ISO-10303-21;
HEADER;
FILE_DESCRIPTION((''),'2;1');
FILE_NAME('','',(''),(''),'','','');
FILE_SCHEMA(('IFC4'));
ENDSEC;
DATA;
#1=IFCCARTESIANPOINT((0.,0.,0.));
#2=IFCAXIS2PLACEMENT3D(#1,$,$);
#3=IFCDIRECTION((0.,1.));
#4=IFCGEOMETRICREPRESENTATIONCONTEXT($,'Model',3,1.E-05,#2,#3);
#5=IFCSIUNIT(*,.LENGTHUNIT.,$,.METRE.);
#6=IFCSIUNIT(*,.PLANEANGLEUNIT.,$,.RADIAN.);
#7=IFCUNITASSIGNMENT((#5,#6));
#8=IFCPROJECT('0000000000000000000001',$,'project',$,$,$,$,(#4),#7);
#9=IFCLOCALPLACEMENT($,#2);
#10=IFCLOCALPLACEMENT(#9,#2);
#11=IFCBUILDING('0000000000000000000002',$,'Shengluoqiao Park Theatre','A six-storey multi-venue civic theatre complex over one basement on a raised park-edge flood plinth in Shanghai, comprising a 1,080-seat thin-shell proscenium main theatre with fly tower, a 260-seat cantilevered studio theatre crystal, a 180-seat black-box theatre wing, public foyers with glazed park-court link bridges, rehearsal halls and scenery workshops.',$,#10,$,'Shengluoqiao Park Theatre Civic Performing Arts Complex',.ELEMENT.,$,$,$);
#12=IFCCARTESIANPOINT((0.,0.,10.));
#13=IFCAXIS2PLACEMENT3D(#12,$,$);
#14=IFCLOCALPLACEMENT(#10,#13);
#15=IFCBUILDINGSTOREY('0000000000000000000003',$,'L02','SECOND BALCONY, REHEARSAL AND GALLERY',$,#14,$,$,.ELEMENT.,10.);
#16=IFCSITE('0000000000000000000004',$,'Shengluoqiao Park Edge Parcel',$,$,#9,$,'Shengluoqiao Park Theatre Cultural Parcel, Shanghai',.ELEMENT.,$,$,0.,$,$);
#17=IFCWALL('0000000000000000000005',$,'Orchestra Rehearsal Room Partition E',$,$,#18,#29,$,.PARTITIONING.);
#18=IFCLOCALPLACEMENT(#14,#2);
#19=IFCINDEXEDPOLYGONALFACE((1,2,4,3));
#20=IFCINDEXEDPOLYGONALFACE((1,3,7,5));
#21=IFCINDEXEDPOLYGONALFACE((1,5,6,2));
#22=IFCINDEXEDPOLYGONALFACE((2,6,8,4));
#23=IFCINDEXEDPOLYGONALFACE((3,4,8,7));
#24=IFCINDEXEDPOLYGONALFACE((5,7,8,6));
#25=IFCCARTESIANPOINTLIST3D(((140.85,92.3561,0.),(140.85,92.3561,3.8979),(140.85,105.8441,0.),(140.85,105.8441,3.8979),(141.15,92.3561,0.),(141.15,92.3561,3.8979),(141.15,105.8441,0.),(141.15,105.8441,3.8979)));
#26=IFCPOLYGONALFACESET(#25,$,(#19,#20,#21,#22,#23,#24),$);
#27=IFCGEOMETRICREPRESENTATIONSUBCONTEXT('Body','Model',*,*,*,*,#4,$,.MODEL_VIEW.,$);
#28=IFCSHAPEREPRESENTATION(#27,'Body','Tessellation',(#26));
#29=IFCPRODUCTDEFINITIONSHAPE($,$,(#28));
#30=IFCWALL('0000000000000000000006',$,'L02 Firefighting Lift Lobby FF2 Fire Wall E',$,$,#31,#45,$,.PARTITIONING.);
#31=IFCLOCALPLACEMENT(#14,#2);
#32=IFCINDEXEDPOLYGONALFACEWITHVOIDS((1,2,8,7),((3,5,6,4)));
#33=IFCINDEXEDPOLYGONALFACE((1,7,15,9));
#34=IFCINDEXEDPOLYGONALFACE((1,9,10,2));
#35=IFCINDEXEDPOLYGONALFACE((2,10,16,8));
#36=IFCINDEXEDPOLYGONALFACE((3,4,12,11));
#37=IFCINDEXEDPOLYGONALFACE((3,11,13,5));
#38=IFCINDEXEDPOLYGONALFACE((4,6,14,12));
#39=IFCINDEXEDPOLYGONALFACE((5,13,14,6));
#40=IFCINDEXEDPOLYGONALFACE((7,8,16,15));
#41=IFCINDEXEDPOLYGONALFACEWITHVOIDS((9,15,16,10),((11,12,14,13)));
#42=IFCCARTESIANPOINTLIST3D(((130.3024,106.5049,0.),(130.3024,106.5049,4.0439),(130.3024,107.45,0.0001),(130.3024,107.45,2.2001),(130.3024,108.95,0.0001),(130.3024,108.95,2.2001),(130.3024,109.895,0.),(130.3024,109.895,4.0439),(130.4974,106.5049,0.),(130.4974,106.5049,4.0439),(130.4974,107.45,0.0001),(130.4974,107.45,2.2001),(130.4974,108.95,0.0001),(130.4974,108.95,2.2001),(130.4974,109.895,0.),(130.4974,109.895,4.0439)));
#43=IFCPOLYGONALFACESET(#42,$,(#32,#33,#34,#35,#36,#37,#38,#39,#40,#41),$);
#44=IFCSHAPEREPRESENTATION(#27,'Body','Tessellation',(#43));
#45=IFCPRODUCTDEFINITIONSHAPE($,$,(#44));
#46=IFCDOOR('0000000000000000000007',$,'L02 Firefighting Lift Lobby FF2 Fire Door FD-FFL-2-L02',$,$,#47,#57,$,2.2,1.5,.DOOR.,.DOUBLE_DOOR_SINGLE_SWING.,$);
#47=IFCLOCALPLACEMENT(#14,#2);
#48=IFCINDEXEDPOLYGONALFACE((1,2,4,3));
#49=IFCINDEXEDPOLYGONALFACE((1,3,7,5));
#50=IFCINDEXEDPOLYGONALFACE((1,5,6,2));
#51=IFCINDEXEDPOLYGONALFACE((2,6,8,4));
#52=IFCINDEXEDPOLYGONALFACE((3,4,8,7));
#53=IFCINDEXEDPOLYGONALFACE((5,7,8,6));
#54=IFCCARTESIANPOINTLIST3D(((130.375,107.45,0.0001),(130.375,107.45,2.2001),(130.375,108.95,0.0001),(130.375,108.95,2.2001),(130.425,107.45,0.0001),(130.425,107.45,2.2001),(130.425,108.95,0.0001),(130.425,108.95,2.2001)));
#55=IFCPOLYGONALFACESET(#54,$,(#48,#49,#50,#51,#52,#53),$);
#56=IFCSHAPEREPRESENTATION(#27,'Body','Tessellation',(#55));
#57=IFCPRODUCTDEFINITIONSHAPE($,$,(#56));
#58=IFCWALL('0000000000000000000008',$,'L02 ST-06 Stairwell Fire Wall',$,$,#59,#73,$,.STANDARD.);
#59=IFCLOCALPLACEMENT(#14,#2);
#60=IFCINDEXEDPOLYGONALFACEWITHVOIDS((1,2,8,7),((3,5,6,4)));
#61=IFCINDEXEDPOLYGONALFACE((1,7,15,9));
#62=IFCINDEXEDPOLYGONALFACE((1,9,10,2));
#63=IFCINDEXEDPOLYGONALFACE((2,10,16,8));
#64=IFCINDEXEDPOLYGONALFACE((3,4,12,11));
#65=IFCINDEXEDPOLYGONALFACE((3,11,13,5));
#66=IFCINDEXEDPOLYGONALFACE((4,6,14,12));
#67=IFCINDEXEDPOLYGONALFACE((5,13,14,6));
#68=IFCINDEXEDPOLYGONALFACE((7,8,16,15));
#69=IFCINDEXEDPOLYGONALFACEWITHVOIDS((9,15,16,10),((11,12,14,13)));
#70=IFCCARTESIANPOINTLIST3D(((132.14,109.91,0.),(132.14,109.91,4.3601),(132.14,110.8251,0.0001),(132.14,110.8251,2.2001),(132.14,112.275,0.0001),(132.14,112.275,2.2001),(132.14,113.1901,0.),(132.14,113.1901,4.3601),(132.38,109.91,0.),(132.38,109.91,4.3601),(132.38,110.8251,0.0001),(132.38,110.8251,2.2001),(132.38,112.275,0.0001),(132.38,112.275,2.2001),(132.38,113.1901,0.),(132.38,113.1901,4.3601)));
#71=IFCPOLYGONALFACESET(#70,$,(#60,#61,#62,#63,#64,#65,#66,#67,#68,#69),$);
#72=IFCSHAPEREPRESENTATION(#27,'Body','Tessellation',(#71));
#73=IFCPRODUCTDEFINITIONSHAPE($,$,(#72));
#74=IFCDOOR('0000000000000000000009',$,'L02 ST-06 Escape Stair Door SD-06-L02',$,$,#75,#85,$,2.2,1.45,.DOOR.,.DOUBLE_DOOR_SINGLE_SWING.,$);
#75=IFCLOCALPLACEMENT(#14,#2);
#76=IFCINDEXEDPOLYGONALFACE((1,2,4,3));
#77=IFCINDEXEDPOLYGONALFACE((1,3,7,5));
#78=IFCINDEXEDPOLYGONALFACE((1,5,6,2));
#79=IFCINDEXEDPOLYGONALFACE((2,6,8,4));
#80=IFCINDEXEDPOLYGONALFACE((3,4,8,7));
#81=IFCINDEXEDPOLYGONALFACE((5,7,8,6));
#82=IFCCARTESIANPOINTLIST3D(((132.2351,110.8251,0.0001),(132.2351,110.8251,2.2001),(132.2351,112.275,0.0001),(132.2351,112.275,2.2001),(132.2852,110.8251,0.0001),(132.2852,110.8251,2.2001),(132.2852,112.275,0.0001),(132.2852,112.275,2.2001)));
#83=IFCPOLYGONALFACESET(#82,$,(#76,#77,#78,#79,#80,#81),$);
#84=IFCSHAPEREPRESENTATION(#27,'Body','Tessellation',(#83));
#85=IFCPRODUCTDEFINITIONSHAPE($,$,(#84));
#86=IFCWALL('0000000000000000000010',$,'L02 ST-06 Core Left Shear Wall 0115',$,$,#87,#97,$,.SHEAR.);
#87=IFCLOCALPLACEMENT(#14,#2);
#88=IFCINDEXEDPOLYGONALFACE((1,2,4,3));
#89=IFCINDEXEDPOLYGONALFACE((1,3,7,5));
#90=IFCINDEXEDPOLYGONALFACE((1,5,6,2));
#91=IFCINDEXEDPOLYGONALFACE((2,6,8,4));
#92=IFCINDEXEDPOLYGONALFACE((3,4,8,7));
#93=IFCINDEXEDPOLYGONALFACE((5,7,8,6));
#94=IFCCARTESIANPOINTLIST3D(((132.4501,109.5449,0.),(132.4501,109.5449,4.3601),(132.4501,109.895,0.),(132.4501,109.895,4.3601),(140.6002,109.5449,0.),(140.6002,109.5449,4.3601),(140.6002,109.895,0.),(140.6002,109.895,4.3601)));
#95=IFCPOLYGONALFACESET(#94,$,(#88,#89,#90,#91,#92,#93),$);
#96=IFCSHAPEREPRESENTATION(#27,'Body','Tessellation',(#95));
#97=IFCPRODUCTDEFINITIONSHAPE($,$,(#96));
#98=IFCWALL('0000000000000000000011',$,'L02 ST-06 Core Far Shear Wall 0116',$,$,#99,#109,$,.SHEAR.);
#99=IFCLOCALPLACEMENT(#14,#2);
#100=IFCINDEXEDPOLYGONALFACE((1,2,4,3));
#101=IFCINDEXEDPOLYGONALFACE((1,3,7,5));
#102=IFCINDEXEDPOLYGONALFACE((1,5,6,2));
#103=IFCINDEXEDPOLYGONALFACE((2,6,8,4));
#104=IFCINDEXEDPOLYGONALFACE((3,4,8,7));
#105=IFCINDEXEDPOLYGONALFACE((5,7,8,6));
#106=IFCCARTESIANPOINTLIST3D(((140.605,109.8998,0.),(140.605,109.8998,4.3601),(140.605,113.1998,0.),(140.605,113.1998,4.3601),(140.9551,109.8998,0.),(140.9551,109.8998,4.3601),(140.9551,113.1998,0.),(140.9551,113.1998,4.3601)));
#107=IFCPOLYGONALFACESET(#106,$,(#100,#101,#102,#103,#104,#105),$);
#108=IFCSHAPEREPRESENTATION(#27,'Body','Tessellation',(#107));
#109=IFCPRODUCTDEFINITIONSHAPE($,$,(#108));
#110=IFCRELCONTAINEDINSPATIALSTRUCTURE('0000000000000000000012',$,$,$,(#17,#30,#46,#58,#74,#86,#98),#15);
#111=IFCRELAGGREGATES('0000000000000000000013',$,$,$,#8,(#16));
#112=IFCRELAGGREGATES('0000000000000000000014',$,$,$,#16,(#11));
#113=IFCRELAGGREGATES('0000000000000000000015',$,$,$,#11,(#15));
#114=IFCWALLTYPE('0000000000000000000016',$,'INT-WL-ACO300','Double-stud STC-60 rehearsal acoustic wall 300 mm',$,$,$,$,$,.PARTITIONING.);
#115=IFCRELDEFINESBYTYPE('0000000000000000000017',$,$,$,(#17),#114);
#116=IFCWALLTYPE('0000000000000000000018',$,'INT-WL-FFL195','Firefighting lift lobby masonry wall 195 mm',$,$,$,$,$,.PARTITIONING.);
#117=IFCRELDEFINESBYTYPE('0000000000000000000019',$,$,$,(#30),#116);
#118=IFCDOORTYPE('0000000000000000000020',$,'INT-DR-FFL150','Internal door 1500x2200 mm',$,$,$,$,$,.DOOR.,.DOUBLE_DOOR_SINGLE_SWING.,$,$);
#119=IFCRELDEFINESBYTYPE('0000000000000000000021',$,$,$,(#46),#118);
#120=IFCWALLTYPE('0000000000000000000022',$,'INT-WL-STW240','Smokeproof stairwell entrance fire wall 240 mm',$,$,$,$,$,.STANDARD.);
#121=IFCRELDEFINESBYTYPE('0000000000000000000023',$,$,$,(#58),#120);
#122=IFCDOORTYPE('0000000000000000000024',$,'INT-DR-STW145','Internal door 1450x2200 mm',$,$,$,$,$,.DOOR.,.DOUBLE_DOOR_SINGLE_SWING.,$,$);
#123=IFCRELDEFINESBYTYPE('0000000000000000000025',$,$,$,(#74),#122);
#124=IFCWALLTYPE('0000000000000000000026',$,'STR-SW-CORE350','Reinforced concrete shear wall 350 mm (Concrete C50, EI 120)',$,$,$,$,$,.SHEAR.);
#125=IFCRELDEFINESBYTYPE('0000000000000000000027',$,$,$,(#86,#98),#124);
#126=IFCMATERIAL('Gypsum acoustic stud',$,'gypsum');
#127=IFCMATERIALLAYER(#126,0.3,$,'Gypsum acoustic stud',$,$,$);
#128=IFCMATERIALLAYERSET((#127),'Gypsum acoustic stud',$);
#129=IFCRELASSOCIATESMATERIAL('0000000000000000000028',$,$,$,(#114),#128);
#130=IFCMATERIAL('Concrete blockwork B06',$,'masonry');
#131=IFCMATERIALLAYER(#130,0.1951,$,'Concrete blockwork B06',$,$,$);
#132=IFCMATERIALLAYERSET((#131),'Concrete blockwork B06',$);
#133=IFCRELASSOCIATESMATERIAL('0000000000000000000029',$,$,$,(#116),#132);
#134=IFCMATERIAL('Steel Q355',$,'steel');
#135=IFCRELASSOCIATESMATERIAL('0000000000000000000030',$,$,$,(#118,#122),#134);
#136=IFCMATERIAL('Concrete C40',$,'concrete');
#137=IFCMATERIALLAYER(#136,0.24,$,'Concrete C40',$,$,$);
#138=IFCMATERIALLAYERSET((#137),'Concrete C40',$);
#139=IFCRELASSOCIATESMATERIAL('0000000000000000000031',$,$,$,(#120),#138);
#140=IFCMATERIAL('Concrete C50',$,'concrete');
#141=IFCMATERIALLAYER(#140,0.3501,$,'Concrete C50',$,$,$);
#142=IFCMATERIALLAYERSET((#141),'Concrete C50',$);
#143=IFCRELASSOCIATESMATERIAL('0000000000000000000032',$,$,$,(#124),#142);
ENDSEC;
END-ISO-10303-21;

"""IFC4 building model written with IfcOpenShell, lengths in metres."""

from ifc_helpers import new_model, si_unit, direction, frame, frame_2d, origin, place, context, subcontext, project, spatial, rectangle, extrude, material, layer, layer_set, type_object, element, fill, save


model = new_model("IFC4")

# Units and contexts
model_context = context("Model", 3, precision=1e-05, world=origin(), true_north=direction((0.0, 1.0)))
body_context = subcontext(model_context, "Body", "Model", "MODEL_VIEW")
ifc_project = project(units=[si_unit("LENGTHUNIT", "METRE"), si_unit("PLANEANGLEUNIT", "RADIAN")], contexts=[model_context])

# Site, building, storey
site_placement = place(None, origin())
site = spatial("IfcSite", under=ifc_project, at=site_placement, Name="Shengluoqiao Park Edge Parcel", LongName="Shengluoqiao Park Theatre Cultural Parcel, Shanghai", CompositionType="ELEMENT", RefElevation=0.0)
building_placement = place(site_placement, origin())
building = spatial("IfcBuilding", under=site, at=building_placement, Name="Shengluoqiao Park Theatre", Description="A six-storey multi-venue civic theatre complex over one basement on a raised park-edge flood plinth in Shanghai, comprising a 1,080-seat thin-shell proscenium main theatre with fly tower, a 260-seat cantilevered studio theatre crystal, a 180-seat black-box theatre wing, public foyers with glazed park-court link bridges, rehearsal halls and scenery workshops.", LongName="Shengluoqiao Park Theatre Civic Performing Arts Complex", CompositionType="ELEMENT")
storey_placement = place(building_placement, frame((0.0, 0.0, 10.0)))
storey = spatial("IfcBuildingStorey", under=building, at=storey_placement, Name="L02", Description="SECOND BALCONY, REHEARSAL AND GALLERY", CompositionType="ELEMENT", Elevation=10.0)

# Shared definitions
ifc_material_1 = material(Name="Concrete C40", Category="concrete")

# Shared definitions
ifc_material_2 = material(Name="Steel Q355", Category="steel")

# Wall
ifc_material_3 = material(Name="Gypsum acoustic stud", Category="gypsum")
ifc_layer_1 = layer(ifc_material_3, 0.3, Name="Gypsum acoustic stud")
ifc_layer_set_1 = layer_set([ifc_layer_1], Name="Gypsum acoustic stud")
wall_type_1 = type_object("IfcWallType", Name="INT-WL-ACO300", Description="Double-stud STC-60 rehearsal acoustic wall 300 mm", PredefinedType="PARTITIONING", material=ifc_layer_set_1)
wall_1_placement = place(storey_placement, frame((141.0, 92.356, 0.0), z_axis=(0.0, 0.0, 1.0), x_axis=(0.0, 1.0, 0.0)))
element("IfcWall", 1, at=wall_1_placement, inside=storey, type_object=wall_type_1, Name="Orchestra Rehearsal Room Partition E", PredefinedType="PARTITIONING", context=body_context, shape_type="SweptSolid", body=[
    extrude(rectangle(XDim=13.488, YDim=0.3, at=frame_2d((6.7441, 0.0))), origin(), (0.0, 0.0, 1.0), 3.8979),
])

# Walls, openings, doors
ifc_material_4 = material(Name="Concrete blockwork B06", Category="masonry")
ifc_layer_2 = layer(ifc_material_4, 0.1951, Name="Concrete blockwork B06")
ifc_layer_set_2 = layer_set([ifc_layer_2], Name="Concrete blockwork B06")
wall_type_2 = type_object("IfcWallType", Name="INT-WL-FFL195", Description="Firefighting lift lobby masonry wall 195 mm", PredefinedType="PARTITIONING", material=ifc_layer_set_2)
wall_2_placement = place(storey_placement, frame((130.3999, 106.5049, 0.0), z_axis=(0.0, 0.0, 1.0), x_axis=(0.0, 1.0, 0.0)))
wall_2 = element("IfcWall", 2, at=wall_2_placement, inside=storey, type_object=wall_type_2, Name="L02 Firefighting Lift Lobby FF2 Fire Wall E", PredefinedType="PARTITIONING", context=body_context, shape_type="SweptSolid", body=[
    extrude(rectangle(XDim=3.3901, YDim=0.1951, at=frame_2d((1.6951, 0.0))), origin(), (0.0, 0.0, 1.0), 4.0439),
])
opening_1_placement = place(wall_2_placement, frame((0.9451, 0.0, 0.0)))
opening_1 = element("IfcOpeningElement", 3, at=opening_1_placement, cuts=wall_2, PredefinedType="OPENING", context=body_context, shape_type="SweptSolid", body=[
    extrude(rectangle(XDim=1.5, YDim=2.2, at=frame_2d((0.75, 1.1001))), frame((0.0, 0.1074, 0.0), z_axis=(0.0, -1.0, 0.0), x_axis=(1.0, 0.0, 0.0)), (0.0, 0.0, 1.0), 0.2151),
])
door_type_1 = type_object("IfcDoorType", Name="INT-DR-FFL150", Description="Internal door 1500x2200 mm", OperationType="DOUBLE_DOOR_SINGLE_SWING", PredefinedType="DOOR", material=ifc_material_2)
door_1_placement = place(opening_1_placement, origin())
door_1 = element("IfcDoor", 4, at=door_1_placement, inside=storey, type_object=door_type_1, Name="L02 Firefighting Lift Lobby FF2 Fire Door FD-FFL-2-L02", OperationType="DOUBLE_DOOR_SINGLE_SWING", OverallHeight=2.2, OverallWidth=1.5, PredefinedType="DOOR", context=body_context, shape_type="SweptSolid", body=[
    extrude(rectangle(XDim=1.5, YDim=2.2, at=frame_2d((0.75, 1.1001))), frame((0.0, 0.0249, 0.0), z_axis=(0.0, -1.0, 0.0), x_axis=(1.0, 0.0, 0.0)), (0.0, 0.0, 1.0), 0.05),
])
fill(opening_1, door_1)
ifc_layer_3 = layer(ifc_material_1, 0.24, Name="Concrete C40")
ifc_layer_set_3 = layer_set([ifc_layer_3], Name="Concrete C40")
wall_type_3 = type_object("IfcWallType", Name="INT-WL-STW240", Description="Smokeproof stairwell entrance fire wall 240 mm", PredefinedType="STANDARD", material=ifc_layer_set_3)
wall_3_placement = place(storey_placement, frame((132.26, 109.9099, 0.0), z_axis=(0.0, 0.0, 1.0), x_axis=(0.0, 1.0, 0.0)))
wall_3 = element("IfcWall", 5, at=wall_3_placement, inside=storey, type_object=wall_type_3, Name="L02 ST-06 Stairwell Fire Wall", PredefinedType="STANDARD", context=body_context, shape_type="SweptSolid", body=[
    extrude(rectangle(XDim=3.28, YDim=0.24, at=frame_2d((1.6401, 0.0))), origin(), (0.0, 0.0, 1.0), 4.3601),
])
opening_2_placement = place(wall_3_placement, frame((0.915, 0.0, 0.0)))
opening_2 = element("IfcOpeningElement", 6, at=opening_2_placement, cuts=wall_3, PredefinedType="OPENING", context=body_context, shape_type="SweptSolid", body=[
    extrude(rectangle(XDim=1.45, YDim=2.2, at=frame_2d((0.7251, 1.1001))), frame((0.0, 0.1299, 0.0), z_axis=(0.0, -1.0, 0.0), x_axis=(1.0, 0.0, 0.0)), (0.0, 0.0, 1.0), 0.26),
])
door_type_2 = type_object("IfcDoorType", Name="INT-DR-STW145", Description="Internal door 1450x2200 mm", OperationType="DOUBLE_DOOR_SINGLE_SWING", PredefinedType="DOOR", material=ifc_material_2)
door_2_placement = place(opening_2_placement, origin())
door_2 = element("IfcDoor", 7, at=door_2_placement, inside=storey, type_object=door_type_2, Name="L02 ST-06 Escape Stair Door SD-06-L02", OperationType="DOUBLE_DOOR_SINGLE_SWING", OverallHeight=2.2, OverallWidth=1.45, PredefinedType="DOOR", context=body_context, shape_type="SweptSolid", body=[
    extrude(rectangle(XDim=1.45, YDim=2.2, at=frame_2d((0.7251, 1.1001))), frame((0.0, 0.0249, 0.0), z_axis=(0.0, -1.0, 0.0), x_axis=(1.0, 0.0, 0.0)), (0.0, 0.0, 1.0), 0.05),
])
fill(opening_2, door_2)

# Walls
ifc_material_5 = material(Name="Concrete C50", Category="concrete")
ifc_layer_4 = layer(ifc_material_5, 0.3501, Name="Concrete C50")
ifc_layer_set_4 = layer_set([ifc_layer_4], Name="Concrete C50")
wall_type_4 = type_object("IfcWallType", Name="STR-SW-CORE350", Description="Reinforced concrete shear wall 350 mm (Concrete C50, EI 120)", PredefinedType="SHEAR", material=ifc_layer_set_4)
wall_4_placement = place(storey_placement, frame((132.45, 109.72, 0.0), z_axis=(0.0, 0.0, 1.0), x_axis=(1.0, 0.0, 0.0)))
element("IfcWall", 8, at=wall_4_placement, inside=storey, type_object=wall_type_4, Name="L02 ST-06 Core Left Shear Wall 0115", PredefinedType="SHEAR", context=body_context, shape_type="SweptSolid", body=[
    extrude(rectangle(XDim=8.1501, YDim=0.3501, at=frame_2d((4.0752, 0.0))), origin(), (0.0, 0.0, 1.0), 4.3601),
])
wall_5_placement = place(storey_placement, frame((140.78, 109.8999, 0.0), z_axis=(0.0, 0.0, 1.0), x_axis=(0.0, 1.0, 0.0)))
element("IfcWall", 9, at=wall_5_placement, inside=storey, type_object=wall_type_4, Name="L02 ST-06 Core Far Shear Wall 0116", PredefinedType="SHEAR", context=body_context, shape_type="SweptSolid", body=[
    extrude(rectangle(XDim=3.3, YDim=0.3501, at=frame_2d((1.6499, 0.0))), origin(), (0.0, 0.0, 1.0), 4.3601),
])

save(model, "model.ifc")
